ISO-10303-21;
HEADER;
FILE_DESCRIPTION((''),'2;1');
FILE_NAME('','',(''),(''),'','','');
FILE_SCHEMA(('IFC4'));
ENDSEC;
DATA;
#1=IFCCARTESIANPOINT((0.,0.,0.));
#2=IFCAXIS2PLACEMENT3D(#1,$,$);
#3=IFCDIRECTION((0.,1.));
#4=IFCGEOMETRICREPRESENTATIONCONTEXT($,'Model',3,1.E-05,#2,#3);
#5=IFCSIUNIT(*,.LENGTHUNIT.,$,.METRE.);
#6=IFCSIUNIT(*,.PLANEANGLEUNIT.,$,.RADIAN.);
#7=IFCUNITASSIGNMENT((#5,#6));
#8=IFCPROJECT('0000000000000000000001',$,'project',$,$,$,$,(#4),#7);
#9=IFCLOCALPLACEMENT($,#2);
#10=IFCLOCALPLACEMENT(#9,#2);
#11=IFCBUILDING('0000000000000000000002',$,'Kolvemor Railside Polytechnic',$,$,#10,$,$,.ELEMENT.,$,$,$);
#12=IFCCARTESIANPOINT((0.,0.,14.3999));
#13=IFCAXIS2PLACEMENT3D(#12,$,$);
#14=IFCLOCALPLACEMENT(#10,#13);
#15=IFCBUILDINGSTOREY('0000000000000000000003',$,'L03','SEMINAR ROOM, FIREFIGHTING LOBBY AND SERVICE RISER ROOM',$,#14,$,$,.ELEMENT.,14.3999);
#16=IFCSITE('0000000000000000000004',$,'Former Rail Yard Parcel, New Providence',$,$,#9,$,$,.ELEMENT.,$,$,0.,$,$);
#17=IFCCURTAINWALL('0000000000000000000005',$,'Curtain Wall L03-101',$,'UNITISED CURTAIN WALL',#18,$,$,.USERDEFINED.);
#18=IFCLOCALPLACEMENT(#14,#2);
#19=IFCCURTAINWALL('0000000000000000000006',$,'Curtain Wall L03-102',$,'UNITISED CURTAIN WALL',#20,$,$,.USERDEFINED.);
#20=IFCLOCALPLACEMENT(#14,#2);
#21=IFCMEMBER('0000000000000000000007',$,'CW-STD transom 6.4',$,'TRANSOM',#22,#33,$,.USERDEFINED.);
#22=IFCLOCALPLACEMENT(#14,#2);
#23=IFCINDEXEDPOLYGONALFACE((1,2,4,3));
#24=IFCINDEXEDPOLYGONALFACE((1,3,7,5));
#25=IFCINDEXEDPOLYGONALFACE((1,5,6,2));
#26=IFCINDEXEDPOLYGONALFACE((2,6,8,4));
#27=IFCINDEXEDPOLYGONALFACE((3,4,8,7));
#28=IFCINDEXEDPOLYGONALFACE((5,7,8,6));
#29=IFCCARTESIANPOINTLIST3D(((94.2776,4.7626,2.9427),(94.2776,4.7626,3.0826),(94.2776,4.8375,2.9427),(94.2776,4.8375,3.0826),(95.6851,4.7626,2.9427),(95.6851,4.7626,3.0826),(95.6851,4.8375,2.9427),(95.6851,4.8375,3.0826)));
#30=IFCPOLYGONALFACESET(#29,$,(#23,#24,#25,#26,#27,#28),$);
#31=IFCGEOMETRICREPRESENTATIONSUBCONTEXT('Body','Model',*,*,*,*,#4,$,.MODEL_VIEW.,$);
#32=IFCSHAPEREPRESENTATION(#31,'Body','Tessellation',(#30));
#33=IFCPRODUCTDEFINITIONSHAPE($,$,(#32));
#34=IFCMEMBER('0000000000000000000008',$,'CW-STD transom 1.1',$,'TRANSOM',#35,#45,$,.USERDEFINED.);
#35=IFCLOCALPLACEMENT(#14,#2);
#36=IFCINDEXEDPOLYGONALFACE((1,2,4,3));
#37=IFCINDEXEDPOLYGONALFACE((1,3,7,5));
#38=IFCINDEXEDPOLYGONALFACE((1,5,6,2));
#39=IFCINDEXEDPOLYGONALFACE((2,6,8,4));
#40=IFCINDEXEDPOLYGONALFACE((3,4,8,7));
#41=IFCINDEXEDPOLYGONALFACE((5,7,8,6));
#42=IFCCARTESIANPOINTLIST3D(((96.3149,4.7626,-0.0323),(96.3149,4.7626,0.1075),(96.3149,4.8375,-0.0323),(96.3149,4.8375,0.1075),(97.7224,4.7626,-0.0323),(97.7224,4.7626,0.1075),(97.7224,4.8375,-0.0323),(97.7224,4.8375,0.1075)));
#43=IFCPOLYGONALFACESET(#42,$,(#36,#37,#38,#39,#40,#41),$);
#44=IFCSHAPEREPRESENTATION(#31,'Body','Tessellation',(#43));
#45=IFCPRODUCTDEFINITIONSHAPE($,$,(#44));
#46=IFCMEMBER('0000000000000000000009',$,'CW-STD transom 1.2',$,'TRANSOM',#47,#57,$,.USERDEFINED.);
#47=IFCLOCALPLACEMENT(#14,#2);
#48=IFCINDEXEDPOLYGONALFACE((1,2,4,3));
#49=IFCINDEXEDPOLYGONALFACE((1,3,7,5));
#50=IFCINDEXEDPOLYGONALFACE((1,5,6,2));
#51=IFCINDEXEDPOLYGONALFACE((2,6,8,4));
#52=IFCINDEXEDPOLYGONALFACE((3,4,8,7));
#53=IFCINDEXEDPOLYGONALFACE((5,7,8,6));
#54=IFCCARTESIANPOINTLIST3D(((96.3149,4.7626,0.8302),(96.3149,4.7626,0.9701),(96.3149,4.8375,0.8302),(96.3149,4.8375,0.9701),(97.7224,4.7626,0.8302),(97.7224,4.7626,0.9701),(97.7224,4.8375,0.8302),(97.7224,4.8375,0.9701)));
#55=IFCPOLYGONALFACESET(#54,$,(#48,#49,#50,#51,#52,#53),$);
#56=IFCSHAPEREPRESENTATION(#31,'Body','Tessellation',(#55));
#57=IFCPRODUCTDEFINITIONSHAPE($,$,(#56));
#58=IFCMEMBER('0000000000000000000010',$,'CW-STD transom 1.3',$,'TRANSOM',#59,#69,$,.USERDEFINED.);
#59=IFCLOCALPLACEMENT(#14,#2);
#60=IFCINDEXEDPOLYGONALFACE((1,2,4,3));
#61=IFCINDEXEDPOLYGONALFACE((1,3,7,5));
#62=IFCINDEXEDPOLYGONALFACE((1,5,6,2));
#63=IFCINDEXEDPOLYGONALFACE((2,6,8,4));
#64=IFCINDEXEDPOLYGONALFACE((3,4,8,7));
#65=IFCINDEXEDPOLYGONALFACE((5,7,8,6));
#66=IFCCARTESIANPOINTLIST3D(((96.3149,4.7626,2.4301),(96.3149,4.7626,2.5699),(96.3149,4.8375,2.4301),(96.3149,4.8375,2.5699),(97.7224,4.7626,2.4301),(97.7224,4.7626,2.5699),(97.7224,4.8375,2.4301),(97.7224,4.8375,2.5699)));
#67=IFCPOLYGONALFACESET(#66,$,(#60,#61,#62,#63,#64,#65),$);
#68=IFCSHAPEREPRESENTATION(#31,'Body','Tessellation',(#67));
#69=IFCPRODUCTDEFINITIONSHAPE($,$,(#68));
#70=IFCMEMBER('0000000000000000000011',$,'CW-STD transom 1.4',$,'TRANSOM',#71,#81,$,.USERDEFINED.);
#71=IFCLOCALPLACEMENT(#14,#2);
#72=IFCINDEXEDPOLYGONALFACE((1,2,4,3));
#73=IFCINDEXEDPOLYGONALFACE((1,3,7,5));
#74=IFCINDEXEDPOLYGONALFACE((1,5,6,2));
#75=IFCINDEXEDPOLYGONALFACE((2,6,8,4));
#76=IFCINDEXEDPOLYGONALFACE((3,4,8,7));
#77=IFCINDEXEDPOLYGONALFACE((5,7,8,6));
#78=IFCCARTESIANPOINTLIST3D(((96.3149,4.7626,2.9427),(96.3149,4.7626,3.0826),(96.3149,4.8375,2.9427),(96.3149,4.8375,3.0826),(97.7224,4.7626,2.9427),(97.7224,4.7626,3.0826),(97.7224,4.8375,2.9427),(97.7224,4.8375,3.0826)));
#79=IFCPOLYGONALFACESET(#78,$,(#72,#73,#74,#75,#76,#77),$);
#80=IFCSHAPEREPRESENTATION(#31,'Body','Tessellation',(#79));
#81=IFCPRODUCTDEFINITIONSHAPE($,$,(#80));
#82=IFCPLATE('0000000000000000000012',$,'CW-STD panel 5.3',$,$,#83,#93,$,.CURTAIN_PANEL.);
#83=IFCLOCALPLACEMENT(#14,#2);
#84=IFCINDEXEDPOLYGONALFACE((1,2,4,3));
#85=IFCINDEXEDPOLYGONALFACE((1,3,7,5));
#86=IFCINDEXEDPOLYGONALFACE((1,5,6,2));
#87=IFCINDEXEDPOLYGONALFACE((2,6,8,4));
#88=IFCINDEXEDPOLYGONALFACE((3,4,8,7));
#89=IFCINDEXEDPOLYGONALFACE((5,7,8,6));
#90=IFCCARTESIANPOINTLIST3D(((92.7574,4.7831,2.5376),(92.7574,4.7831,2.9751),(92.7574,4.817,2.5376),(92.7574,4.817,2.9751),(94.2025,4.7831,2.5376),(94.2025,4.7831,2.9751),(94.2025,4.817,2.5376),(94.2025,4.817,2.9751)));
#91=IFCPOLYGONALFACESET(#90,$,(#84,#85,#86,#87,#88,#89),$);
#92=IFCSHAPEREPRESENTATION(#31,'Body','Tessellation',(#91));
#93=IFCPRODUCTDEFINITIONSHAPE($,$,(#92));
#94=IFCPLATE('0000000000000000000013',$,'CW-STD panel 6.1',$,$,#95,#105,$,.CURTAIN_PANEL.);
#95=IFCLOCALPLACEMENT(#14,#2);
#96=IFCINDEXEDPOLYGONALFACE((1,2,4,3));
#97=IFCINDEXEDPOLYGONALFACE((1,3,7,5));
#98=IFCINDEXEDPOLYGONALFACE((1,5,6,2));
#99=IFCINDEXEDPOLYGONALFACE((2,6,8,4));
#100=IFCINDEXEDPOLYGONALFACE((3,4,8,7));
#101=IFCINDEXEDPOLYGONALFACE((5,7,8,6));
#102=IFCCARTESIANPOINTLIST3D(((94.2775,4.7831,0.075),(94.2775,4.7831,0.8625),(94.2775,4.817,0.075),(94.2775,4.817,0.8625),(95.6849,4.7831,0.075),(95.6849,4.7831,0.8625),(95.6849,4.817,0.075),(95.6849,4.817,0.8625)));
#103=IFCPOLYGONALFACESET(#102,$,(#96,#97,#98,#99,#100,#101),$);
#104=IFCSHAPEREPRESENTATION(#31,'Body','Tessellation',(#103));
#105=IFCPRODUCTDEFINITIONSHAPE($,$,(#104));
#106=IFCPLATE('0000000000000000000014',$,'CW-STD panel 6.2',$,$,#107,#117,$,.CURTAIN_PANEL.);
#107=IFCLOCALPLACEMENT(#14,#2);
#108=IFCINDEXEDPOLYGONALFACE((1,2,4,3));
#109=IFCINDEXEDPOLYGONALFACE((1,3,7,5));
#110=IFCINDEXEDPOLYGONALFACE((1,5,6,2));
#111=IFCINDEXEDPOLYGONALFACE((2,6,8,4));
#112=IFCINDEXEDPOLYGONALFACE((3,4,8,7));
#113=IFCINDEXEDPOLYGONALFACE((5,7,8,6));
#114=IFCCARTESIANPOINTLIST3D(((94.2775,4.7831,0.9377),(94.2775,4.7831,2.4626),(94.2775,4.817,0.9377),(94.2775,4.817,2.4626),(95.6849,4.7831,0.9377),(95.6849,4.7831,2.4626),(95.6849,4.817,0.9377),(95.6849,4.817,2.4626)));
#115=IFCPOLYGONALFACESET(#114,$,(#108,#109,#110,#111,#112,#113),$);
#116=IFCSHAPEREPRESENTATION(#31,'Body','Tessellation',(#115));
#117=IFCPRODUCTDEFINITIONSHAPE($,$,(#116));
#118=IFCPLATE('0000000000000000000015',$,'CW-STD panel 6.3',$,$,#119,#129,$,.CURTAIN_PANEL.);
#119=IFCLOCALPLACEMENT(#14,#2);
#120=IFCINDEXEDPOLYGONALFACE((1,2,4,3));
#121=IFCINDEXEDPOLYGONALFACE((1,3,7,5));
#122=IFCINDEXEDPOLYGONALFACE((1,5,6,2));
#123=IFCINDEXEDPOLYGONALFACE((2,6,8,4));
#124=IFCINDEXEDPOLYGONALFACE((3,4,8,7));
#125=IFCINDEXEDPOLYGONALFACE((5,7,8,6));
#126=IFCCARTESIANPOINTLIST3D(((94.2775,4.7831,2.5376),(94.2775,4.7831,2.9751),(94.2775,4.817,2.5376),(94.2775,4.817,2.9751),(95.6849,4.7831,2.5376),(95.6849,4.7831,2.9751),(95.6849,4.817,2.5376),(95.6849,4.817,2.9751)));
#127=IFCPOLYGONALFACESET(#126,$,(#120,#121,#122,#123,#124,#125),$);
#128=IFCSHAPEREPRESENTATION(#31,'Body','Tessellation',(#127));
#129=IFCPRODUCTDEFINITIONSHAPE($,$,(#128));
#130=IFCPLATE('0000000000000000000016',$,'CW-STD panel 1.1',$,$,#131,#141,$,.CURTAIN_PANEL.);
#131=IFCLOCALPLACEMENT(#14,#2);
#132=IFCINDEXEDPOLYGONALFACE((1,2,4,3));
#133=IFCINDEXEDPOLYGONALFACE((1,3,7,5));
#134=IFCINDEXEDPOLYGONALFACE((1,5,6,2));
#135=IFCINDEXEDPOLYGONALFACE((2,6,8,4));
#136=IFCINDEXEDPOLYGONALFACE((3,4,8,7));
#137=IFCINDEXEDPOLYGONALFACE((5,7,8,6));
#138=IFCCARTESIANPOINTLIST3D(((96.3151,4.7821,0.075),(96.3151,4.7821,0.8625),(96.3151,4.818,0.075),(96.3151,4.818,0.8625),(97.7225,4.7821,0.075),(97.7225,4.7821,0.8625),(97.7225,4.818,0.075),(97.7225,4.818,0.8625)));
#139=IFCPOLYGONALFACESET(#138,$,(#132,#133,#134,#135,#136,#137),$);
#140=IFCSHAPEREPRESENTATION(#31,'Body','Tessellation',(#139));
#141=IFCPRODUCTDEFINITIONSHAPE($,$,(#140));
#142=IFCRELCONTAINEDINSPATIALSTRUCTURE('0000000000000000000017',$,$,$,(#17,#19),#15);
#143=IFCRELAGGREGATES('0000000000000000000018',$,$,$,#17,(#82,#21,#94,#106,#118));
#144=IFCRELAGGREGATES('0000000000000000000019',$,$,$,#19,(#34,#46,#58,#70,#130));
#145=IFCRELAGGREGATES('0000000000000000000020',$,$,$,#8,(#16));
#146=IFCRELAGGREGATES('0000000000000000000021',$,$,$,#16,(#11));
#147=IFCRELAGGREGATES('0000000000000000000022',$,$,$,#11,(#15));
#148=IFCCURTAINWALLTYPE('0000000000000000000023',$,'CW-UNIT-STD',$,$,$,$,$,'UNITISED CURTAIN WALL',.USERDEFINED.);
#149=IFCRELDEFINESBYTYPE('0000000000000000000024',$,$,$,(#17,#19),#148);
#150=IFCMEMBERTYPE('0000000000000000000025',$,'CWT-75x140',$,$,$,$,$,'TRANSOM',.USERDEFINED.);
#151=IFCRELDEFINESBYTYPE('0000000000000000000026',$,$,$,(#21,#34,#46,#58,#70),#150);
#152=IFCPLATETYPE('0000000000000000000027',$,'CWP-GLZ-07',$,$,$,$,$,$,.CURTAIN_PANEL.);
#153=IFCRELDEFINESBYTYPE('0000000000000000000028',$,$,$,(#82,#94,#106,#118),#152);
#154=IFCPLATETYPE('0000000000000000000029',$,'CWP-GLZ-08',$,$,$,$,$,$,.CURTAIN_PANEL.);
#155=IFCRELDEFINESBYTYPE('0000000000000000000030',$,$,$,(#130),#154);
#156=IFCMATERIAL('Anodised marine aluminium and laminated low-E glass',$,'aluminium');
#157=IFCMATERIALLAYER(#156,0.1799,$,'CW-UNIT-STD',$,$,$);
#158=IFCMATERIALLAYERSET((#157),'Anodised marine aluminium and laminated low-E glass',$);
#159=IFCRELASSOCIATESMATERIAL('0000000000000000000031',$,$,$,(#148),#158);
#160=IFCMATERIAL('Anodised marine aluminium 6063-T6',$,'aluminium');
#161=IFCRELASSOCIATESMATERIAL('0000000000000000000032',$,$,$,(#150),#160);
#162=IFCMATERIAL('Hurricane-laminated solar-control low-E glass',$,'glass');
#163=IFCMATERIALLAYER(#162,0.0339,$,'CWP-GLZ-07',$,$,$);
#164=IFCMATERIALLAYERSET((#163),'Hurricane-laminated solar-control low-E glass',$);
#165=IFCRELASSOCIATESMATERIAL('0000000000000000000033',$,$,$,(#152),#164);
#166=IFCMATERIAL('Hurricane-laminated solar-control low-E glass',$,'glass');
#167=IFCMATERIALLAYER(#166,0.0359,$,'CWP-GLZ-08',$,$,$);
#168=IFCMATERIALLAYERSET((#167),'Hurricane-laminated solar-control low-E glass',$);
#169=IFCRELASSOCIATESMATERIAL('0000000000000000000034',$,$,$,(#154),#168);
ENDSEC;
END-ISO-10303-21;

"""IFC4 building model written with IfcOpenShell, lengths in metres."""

from ifc_helpers import new_model, si_unit, direction, frame, origin, origin_2d, place, context, subcontext, project, spatial, rectangle, extrude, material, layer, layer_set, material_profile, profile_set, type_object, element, aggregate, save


model = new_model("IFC4")

# Units and contexts
model_context = context("Model", 3, precision=1e-05, world=origin(), true_north=direction((0.0, 1.0)))
body_context = subcontext(model_context, "Body", "Model", "MODEL_VIEW")
ifc_project = project(units=[si_unit("LENGTHUNIT", "METRE"), si_unit("PLANEANGLEUNIT", "RADIAN")], contexts=[model_context])

# Site, building, storey
site_placement = place(None, origin())
site = spatial("IfcSite", under=ifc_project, at=site_placement, Name="Former Rail Yard Parcel, New Providence", CompositionType="ELEMENT", RefElevation=0.0)
building_placement = place(site_placement, origin())
building = spatial("IfcBuilding", under=site, at=building_placement, Name="Kolvemor Railside Polytechnic", CompositionType="ELEMENT")
storey_placement = place(building_placement, frame((0.0, 0.0, 14.3999)))
storey = spatial("IfcBuildingStorey", under=building, at=storey_placement, Name="L03", Description="SEMINAR ROOM, FIREFIGHTING LOBBY AND SERVICE RISER ROOM", CompositionType="ELEMENT", Elevation=14.3999)

# Curtain wall
ifc_material_1 = material(Name="Anodised marine aluminium and laminated low-E glass", Category="aluminium")
ifc_layer_1 = layer(ifc_material_1, 0.1799, Name="CW-UNIT-STD")
ifc_layer_set_1 = layer_set([ifc_layer_1], Name="Anodised marine aluminium and laminated low-E glass")
curtain_wall_type = type_object("IfcCurtainWallType", Name="CW-UNIT-STD", ElementType="UNITISED CURTAIN WALL", PredefinedType="USERDEFINED", material=ifc_layer_set_1)
curtain_wall_1_placement = place(storey_placement, origin())
curtain_wall_1 = element("IfcCurtainWall", 1, at=curtain_wall_1_placement, inside=storey, type_object=curtain_wall_type, Name="Curtain Wall L03-101", ObjectType="UNITISED CURTAIN WALL", PredefinedType="USERDEFINED")

# Curtain wall
curtain_wall_2_placement = place(storey_placement, origin())
curtain_wall_2 = element("IfcCurtainWall", 2, at=curtain_wall_2_placement, inside=storey, type_object=curtain_wall_type, Name="Curtain Wall L03-102", ObjectType="UNITISED CURTAIN WALL", PredefinedType="USERDEFINED")

# Members
ifc_material_2 = material(Name="Anodised marine aluminium 6063-T6", Category="aluminium")
ifc_material_profile_1 = material_profile(ifc_material_2, rectangle(XDim=0.075, YDim=0.1399, at=origin_2d()), Name="CW-TRN-75x140")
ifc_profile_set_1 = profile_set([ifc_material_profile_1], Name="Anodised marine aluminium 6063-T6")
member_type_1 = type_object("IfcMemberType", Name="CWT-75x140", ElementType="TRANSOM", PredefinedType="USERDEFINED", material=ifc_profile_set_1)
member_1_placement = place(storey_placement, frame((94.2776, 4.8, 3.0127), z_axis=(1.0, 0.0, 0.0), x_axis=(0.0, 1.0, 0.0)))
member_1 = element("IfcMember", 3, at=member_1_placement, type_object=member_type_1, Name="CW-STD transom 6.4", ObjectType="TRANSOM", PredefinedType="USERDEFINED", context=body_context, shape_type="SweptSolid", body=[
    extrude(rectangle(XDim=0.075, YDim=0.1399, at=origin_2d()), origin(), (0.0, 0.0, 1.0), 1.4075),
])
member_2_placement = place(storey_placement, frame((96.3149, 4.8, 0.0376), z_axis=(1.0, 0.0, 0.0), x_axis=(0.0, 1.0, 0.0)))
member_2 = element("IfcMember", 4, at=member_2_placement, type_object=member_type_1, Name="CW-STD transom 1.1", ObjectType="TRANSOM", PredefinedType="USERDEFINED", context=body_context, shape_type="SweptSolid", body=[
    extrude(rectangle(XDim=0.075, YDim=0.1399, at=origin_2d()), origin(), (0.0, 0.0, 1.0), 1.4075),
])
member_3_placement = place(storey_placement, frame((96.3149, 4.8, 0.9001), z_axis=(1.0, 0.0, 0.0), x_axis=(0.0, 1.0, 0.0)))
member_3 = element("IfcMember", 5, at=member_3_placement, type_object=member_type_1, Name="CW-STD transom 1.2", ObjectType="TRANSOM", PredefinedType="USERDEFINED", context=body_context, shape_type="SweptSolid", body=[
    extrude(rectangle(XDim=0.075, YDim=0.1399, at=origin_2d()), origin(), (0.0, 0.0, 1.0), 1.4075),
])
member_4_placement = place(storey_placement, frame((96.3149, 4.8, 2.5), z_axis=(1.0, 0.0, 0.0), x_axis=(0.0, 1.0, 0.0)))
member_4 = element("IfcMember", 6, at=member_4_placement, type_object=member_type_1, Name="CW-STD transom 1.3", ObjectType="TRANSOM", PredefinedType="USERDEFINED", context=body_context, shape_type="SweptSolid", body=[
    extrude(rectangle(XDim=0.075, YDim=0.1399, at=origin_2d()), origin(), (0.0, 0.0, 1.0), 1.4075),
])
member_5_placement = place(storey_placement, frame((96.3149, 4.8, 3.0127), z_axis=(1.0, 0.0, 0.0), x_axis=(0.0, 1.0, 0.0)))
member_5 = element("IfcMember", 7, at=member_5_placement, type_object=member_type_1, Name="CW-STD transom 1.4", ObjectType="TRANSOM", PredefinedType="USERDEFINED", context=body_context, shape_type="SweptSolid", body=[
    extrude(rectangle(XDim=0.075, YDim=0.1399, at=origin_2d()), origin(), (0.0, 0.0, 1.0), 1.4075),
])

# Plates
ifc_material_3 = material(Name="Hurricane-laminated solar-control low-E glass", Category="glass")
ifc_layer_2 = layer(ifc_material_3, 0.0339, Name="CWP-GLZ-07")
ifc_layer_set_2 = layer_set([ifc_layer_2], Name="Hurricane-laminated solar-control low-E glass")
plate_type_1 = type_object("IfcPlateType", Name="CWP-GLZ-07", PredefinedType="CURTAIN_PANEL", material=ifc_layer_set_2)
plate_1_placement = place(storey_placement, frame((93.48, 4.8, 2.5376), z_axis=(0.0, 0.0, 1.0), x_axis=(1.0, 0.0, 0.0)))
plate_1 = element("IfcPlate", 8, at=plate_1_placement, type_object=plate_type_1, Name="CW-STD panel 5.3", PredefinedType="CURTAIN_PANEL", context=body_context, shape_type="SweptSolid", body=[
    extrude(rectangle(XDim=1.4451, YDim=0.0339, at=origin_2d()), origin(), (0.0, 0.0, 1.0), 0.4375),
])
plate_2_placement = place(storey_placement, frame((94.9812, 4.8, 0.075), z_axis=(0.0, 0.0, 1.0), x_axis=(1.0, 0.0, 0.0)))
plate_2 = element("IfcPlate", 9, at=plate_2_placement, type_object=plate_type_1, Name="CW-STD panel 6.1", PredefinedType="CURTAIN_PANEL", context=body_context, shape_type="SweptSolid", body=[
    extrude(rectangle(XDim=1.4075, YDim=0.0339, at=origin_2d()), origin(), (0.0, 0.0, 1.0), 0.7876),
])
plate_3_placement = place(storey_placement, frame((94.9812, 4.8, 0.9377), z_axis=(0.0, 0.0, 1.0), x_axis=(1.0, 0.0, 0.0)))
plate_3 = element("IfcPlate", 10, at=plate_3_placement, type_object=plate_type_1, Name="CW-STD panel 6.2", PredefinedType="CURTAIN_PANEL", context=body_context, shape_type="SweptSolid", body=[
    extrude(rectangle(XDim=1.4075, YDim=0.0339, at=origin_2d()), origin(), (0.0, 0.0, 1.0), 1.5249),
])
plate_4_placement = place(storey_placement, frame((94.9812, 4.8, 2.5376), z_axis=(0.0, 0.0, 1.0), x_axis=(1.0, 0.0, 0.0)))
plate_4 = element("IfcPlate", 11, at=plate_4_placement, type_object=plate_type_1, Name="CW-STD panel 6.3", PredefinedType="CURTAIN_PANEL", context=body_context, shape_type="SweptSolid", body=[
    extrude(rectangle(XDim=1.4075, YDim=0.0339, at=origin_2d()), origin(), (0.0, 0.0, 1.0), 0.4375),
])
aggregate(curtain_wall_1, [plate_1, member_1, plate_2, plate_3, plate_4])
ifc_material_4 = material(Name="Hurricane-laminated solar-control low-E glass", Category="glass")
ifc_layer_3 = layer(ifc_material_4, 0.0359, Name="CWP-GLZ-08")
ifc_layer_set_3 = layer_set([ifc_layer_3], Name="Hurricane-laminated solar-control low-E glass")
plate_type_2 = type_object("IfcPlateType", Name="CWP-GLZ-08", PredefinedType="CURTAIN_PANEL", material=ifc_layer_set_3)
plate_5_placement = place(storey_placement, frame((97.0188, 4.8, 0.075), z_axis=(0.0, 0.0, 1.0), x_axis=(1.0, 0.0, 0.0)))
plate_5 = element("IfcPlate", 12, at=plate_5_placement, type_object=plate_type_2, Name="CW-STD panel 1.1", PredefinedType="CURTAIN_PANEL", context=body_context, shape_type="SweptSolid", body=[
    extrude(rectangle(XDim=1.4075, YDim=0.0359, at=origin_2d()), origin(), (0.0, 0.0, 1.0), 0.7876),
])
aggregate(curtain_wall_2, [member_2, member_3, member_4, member_5, plate_5])

save(model, "model.ifc")
